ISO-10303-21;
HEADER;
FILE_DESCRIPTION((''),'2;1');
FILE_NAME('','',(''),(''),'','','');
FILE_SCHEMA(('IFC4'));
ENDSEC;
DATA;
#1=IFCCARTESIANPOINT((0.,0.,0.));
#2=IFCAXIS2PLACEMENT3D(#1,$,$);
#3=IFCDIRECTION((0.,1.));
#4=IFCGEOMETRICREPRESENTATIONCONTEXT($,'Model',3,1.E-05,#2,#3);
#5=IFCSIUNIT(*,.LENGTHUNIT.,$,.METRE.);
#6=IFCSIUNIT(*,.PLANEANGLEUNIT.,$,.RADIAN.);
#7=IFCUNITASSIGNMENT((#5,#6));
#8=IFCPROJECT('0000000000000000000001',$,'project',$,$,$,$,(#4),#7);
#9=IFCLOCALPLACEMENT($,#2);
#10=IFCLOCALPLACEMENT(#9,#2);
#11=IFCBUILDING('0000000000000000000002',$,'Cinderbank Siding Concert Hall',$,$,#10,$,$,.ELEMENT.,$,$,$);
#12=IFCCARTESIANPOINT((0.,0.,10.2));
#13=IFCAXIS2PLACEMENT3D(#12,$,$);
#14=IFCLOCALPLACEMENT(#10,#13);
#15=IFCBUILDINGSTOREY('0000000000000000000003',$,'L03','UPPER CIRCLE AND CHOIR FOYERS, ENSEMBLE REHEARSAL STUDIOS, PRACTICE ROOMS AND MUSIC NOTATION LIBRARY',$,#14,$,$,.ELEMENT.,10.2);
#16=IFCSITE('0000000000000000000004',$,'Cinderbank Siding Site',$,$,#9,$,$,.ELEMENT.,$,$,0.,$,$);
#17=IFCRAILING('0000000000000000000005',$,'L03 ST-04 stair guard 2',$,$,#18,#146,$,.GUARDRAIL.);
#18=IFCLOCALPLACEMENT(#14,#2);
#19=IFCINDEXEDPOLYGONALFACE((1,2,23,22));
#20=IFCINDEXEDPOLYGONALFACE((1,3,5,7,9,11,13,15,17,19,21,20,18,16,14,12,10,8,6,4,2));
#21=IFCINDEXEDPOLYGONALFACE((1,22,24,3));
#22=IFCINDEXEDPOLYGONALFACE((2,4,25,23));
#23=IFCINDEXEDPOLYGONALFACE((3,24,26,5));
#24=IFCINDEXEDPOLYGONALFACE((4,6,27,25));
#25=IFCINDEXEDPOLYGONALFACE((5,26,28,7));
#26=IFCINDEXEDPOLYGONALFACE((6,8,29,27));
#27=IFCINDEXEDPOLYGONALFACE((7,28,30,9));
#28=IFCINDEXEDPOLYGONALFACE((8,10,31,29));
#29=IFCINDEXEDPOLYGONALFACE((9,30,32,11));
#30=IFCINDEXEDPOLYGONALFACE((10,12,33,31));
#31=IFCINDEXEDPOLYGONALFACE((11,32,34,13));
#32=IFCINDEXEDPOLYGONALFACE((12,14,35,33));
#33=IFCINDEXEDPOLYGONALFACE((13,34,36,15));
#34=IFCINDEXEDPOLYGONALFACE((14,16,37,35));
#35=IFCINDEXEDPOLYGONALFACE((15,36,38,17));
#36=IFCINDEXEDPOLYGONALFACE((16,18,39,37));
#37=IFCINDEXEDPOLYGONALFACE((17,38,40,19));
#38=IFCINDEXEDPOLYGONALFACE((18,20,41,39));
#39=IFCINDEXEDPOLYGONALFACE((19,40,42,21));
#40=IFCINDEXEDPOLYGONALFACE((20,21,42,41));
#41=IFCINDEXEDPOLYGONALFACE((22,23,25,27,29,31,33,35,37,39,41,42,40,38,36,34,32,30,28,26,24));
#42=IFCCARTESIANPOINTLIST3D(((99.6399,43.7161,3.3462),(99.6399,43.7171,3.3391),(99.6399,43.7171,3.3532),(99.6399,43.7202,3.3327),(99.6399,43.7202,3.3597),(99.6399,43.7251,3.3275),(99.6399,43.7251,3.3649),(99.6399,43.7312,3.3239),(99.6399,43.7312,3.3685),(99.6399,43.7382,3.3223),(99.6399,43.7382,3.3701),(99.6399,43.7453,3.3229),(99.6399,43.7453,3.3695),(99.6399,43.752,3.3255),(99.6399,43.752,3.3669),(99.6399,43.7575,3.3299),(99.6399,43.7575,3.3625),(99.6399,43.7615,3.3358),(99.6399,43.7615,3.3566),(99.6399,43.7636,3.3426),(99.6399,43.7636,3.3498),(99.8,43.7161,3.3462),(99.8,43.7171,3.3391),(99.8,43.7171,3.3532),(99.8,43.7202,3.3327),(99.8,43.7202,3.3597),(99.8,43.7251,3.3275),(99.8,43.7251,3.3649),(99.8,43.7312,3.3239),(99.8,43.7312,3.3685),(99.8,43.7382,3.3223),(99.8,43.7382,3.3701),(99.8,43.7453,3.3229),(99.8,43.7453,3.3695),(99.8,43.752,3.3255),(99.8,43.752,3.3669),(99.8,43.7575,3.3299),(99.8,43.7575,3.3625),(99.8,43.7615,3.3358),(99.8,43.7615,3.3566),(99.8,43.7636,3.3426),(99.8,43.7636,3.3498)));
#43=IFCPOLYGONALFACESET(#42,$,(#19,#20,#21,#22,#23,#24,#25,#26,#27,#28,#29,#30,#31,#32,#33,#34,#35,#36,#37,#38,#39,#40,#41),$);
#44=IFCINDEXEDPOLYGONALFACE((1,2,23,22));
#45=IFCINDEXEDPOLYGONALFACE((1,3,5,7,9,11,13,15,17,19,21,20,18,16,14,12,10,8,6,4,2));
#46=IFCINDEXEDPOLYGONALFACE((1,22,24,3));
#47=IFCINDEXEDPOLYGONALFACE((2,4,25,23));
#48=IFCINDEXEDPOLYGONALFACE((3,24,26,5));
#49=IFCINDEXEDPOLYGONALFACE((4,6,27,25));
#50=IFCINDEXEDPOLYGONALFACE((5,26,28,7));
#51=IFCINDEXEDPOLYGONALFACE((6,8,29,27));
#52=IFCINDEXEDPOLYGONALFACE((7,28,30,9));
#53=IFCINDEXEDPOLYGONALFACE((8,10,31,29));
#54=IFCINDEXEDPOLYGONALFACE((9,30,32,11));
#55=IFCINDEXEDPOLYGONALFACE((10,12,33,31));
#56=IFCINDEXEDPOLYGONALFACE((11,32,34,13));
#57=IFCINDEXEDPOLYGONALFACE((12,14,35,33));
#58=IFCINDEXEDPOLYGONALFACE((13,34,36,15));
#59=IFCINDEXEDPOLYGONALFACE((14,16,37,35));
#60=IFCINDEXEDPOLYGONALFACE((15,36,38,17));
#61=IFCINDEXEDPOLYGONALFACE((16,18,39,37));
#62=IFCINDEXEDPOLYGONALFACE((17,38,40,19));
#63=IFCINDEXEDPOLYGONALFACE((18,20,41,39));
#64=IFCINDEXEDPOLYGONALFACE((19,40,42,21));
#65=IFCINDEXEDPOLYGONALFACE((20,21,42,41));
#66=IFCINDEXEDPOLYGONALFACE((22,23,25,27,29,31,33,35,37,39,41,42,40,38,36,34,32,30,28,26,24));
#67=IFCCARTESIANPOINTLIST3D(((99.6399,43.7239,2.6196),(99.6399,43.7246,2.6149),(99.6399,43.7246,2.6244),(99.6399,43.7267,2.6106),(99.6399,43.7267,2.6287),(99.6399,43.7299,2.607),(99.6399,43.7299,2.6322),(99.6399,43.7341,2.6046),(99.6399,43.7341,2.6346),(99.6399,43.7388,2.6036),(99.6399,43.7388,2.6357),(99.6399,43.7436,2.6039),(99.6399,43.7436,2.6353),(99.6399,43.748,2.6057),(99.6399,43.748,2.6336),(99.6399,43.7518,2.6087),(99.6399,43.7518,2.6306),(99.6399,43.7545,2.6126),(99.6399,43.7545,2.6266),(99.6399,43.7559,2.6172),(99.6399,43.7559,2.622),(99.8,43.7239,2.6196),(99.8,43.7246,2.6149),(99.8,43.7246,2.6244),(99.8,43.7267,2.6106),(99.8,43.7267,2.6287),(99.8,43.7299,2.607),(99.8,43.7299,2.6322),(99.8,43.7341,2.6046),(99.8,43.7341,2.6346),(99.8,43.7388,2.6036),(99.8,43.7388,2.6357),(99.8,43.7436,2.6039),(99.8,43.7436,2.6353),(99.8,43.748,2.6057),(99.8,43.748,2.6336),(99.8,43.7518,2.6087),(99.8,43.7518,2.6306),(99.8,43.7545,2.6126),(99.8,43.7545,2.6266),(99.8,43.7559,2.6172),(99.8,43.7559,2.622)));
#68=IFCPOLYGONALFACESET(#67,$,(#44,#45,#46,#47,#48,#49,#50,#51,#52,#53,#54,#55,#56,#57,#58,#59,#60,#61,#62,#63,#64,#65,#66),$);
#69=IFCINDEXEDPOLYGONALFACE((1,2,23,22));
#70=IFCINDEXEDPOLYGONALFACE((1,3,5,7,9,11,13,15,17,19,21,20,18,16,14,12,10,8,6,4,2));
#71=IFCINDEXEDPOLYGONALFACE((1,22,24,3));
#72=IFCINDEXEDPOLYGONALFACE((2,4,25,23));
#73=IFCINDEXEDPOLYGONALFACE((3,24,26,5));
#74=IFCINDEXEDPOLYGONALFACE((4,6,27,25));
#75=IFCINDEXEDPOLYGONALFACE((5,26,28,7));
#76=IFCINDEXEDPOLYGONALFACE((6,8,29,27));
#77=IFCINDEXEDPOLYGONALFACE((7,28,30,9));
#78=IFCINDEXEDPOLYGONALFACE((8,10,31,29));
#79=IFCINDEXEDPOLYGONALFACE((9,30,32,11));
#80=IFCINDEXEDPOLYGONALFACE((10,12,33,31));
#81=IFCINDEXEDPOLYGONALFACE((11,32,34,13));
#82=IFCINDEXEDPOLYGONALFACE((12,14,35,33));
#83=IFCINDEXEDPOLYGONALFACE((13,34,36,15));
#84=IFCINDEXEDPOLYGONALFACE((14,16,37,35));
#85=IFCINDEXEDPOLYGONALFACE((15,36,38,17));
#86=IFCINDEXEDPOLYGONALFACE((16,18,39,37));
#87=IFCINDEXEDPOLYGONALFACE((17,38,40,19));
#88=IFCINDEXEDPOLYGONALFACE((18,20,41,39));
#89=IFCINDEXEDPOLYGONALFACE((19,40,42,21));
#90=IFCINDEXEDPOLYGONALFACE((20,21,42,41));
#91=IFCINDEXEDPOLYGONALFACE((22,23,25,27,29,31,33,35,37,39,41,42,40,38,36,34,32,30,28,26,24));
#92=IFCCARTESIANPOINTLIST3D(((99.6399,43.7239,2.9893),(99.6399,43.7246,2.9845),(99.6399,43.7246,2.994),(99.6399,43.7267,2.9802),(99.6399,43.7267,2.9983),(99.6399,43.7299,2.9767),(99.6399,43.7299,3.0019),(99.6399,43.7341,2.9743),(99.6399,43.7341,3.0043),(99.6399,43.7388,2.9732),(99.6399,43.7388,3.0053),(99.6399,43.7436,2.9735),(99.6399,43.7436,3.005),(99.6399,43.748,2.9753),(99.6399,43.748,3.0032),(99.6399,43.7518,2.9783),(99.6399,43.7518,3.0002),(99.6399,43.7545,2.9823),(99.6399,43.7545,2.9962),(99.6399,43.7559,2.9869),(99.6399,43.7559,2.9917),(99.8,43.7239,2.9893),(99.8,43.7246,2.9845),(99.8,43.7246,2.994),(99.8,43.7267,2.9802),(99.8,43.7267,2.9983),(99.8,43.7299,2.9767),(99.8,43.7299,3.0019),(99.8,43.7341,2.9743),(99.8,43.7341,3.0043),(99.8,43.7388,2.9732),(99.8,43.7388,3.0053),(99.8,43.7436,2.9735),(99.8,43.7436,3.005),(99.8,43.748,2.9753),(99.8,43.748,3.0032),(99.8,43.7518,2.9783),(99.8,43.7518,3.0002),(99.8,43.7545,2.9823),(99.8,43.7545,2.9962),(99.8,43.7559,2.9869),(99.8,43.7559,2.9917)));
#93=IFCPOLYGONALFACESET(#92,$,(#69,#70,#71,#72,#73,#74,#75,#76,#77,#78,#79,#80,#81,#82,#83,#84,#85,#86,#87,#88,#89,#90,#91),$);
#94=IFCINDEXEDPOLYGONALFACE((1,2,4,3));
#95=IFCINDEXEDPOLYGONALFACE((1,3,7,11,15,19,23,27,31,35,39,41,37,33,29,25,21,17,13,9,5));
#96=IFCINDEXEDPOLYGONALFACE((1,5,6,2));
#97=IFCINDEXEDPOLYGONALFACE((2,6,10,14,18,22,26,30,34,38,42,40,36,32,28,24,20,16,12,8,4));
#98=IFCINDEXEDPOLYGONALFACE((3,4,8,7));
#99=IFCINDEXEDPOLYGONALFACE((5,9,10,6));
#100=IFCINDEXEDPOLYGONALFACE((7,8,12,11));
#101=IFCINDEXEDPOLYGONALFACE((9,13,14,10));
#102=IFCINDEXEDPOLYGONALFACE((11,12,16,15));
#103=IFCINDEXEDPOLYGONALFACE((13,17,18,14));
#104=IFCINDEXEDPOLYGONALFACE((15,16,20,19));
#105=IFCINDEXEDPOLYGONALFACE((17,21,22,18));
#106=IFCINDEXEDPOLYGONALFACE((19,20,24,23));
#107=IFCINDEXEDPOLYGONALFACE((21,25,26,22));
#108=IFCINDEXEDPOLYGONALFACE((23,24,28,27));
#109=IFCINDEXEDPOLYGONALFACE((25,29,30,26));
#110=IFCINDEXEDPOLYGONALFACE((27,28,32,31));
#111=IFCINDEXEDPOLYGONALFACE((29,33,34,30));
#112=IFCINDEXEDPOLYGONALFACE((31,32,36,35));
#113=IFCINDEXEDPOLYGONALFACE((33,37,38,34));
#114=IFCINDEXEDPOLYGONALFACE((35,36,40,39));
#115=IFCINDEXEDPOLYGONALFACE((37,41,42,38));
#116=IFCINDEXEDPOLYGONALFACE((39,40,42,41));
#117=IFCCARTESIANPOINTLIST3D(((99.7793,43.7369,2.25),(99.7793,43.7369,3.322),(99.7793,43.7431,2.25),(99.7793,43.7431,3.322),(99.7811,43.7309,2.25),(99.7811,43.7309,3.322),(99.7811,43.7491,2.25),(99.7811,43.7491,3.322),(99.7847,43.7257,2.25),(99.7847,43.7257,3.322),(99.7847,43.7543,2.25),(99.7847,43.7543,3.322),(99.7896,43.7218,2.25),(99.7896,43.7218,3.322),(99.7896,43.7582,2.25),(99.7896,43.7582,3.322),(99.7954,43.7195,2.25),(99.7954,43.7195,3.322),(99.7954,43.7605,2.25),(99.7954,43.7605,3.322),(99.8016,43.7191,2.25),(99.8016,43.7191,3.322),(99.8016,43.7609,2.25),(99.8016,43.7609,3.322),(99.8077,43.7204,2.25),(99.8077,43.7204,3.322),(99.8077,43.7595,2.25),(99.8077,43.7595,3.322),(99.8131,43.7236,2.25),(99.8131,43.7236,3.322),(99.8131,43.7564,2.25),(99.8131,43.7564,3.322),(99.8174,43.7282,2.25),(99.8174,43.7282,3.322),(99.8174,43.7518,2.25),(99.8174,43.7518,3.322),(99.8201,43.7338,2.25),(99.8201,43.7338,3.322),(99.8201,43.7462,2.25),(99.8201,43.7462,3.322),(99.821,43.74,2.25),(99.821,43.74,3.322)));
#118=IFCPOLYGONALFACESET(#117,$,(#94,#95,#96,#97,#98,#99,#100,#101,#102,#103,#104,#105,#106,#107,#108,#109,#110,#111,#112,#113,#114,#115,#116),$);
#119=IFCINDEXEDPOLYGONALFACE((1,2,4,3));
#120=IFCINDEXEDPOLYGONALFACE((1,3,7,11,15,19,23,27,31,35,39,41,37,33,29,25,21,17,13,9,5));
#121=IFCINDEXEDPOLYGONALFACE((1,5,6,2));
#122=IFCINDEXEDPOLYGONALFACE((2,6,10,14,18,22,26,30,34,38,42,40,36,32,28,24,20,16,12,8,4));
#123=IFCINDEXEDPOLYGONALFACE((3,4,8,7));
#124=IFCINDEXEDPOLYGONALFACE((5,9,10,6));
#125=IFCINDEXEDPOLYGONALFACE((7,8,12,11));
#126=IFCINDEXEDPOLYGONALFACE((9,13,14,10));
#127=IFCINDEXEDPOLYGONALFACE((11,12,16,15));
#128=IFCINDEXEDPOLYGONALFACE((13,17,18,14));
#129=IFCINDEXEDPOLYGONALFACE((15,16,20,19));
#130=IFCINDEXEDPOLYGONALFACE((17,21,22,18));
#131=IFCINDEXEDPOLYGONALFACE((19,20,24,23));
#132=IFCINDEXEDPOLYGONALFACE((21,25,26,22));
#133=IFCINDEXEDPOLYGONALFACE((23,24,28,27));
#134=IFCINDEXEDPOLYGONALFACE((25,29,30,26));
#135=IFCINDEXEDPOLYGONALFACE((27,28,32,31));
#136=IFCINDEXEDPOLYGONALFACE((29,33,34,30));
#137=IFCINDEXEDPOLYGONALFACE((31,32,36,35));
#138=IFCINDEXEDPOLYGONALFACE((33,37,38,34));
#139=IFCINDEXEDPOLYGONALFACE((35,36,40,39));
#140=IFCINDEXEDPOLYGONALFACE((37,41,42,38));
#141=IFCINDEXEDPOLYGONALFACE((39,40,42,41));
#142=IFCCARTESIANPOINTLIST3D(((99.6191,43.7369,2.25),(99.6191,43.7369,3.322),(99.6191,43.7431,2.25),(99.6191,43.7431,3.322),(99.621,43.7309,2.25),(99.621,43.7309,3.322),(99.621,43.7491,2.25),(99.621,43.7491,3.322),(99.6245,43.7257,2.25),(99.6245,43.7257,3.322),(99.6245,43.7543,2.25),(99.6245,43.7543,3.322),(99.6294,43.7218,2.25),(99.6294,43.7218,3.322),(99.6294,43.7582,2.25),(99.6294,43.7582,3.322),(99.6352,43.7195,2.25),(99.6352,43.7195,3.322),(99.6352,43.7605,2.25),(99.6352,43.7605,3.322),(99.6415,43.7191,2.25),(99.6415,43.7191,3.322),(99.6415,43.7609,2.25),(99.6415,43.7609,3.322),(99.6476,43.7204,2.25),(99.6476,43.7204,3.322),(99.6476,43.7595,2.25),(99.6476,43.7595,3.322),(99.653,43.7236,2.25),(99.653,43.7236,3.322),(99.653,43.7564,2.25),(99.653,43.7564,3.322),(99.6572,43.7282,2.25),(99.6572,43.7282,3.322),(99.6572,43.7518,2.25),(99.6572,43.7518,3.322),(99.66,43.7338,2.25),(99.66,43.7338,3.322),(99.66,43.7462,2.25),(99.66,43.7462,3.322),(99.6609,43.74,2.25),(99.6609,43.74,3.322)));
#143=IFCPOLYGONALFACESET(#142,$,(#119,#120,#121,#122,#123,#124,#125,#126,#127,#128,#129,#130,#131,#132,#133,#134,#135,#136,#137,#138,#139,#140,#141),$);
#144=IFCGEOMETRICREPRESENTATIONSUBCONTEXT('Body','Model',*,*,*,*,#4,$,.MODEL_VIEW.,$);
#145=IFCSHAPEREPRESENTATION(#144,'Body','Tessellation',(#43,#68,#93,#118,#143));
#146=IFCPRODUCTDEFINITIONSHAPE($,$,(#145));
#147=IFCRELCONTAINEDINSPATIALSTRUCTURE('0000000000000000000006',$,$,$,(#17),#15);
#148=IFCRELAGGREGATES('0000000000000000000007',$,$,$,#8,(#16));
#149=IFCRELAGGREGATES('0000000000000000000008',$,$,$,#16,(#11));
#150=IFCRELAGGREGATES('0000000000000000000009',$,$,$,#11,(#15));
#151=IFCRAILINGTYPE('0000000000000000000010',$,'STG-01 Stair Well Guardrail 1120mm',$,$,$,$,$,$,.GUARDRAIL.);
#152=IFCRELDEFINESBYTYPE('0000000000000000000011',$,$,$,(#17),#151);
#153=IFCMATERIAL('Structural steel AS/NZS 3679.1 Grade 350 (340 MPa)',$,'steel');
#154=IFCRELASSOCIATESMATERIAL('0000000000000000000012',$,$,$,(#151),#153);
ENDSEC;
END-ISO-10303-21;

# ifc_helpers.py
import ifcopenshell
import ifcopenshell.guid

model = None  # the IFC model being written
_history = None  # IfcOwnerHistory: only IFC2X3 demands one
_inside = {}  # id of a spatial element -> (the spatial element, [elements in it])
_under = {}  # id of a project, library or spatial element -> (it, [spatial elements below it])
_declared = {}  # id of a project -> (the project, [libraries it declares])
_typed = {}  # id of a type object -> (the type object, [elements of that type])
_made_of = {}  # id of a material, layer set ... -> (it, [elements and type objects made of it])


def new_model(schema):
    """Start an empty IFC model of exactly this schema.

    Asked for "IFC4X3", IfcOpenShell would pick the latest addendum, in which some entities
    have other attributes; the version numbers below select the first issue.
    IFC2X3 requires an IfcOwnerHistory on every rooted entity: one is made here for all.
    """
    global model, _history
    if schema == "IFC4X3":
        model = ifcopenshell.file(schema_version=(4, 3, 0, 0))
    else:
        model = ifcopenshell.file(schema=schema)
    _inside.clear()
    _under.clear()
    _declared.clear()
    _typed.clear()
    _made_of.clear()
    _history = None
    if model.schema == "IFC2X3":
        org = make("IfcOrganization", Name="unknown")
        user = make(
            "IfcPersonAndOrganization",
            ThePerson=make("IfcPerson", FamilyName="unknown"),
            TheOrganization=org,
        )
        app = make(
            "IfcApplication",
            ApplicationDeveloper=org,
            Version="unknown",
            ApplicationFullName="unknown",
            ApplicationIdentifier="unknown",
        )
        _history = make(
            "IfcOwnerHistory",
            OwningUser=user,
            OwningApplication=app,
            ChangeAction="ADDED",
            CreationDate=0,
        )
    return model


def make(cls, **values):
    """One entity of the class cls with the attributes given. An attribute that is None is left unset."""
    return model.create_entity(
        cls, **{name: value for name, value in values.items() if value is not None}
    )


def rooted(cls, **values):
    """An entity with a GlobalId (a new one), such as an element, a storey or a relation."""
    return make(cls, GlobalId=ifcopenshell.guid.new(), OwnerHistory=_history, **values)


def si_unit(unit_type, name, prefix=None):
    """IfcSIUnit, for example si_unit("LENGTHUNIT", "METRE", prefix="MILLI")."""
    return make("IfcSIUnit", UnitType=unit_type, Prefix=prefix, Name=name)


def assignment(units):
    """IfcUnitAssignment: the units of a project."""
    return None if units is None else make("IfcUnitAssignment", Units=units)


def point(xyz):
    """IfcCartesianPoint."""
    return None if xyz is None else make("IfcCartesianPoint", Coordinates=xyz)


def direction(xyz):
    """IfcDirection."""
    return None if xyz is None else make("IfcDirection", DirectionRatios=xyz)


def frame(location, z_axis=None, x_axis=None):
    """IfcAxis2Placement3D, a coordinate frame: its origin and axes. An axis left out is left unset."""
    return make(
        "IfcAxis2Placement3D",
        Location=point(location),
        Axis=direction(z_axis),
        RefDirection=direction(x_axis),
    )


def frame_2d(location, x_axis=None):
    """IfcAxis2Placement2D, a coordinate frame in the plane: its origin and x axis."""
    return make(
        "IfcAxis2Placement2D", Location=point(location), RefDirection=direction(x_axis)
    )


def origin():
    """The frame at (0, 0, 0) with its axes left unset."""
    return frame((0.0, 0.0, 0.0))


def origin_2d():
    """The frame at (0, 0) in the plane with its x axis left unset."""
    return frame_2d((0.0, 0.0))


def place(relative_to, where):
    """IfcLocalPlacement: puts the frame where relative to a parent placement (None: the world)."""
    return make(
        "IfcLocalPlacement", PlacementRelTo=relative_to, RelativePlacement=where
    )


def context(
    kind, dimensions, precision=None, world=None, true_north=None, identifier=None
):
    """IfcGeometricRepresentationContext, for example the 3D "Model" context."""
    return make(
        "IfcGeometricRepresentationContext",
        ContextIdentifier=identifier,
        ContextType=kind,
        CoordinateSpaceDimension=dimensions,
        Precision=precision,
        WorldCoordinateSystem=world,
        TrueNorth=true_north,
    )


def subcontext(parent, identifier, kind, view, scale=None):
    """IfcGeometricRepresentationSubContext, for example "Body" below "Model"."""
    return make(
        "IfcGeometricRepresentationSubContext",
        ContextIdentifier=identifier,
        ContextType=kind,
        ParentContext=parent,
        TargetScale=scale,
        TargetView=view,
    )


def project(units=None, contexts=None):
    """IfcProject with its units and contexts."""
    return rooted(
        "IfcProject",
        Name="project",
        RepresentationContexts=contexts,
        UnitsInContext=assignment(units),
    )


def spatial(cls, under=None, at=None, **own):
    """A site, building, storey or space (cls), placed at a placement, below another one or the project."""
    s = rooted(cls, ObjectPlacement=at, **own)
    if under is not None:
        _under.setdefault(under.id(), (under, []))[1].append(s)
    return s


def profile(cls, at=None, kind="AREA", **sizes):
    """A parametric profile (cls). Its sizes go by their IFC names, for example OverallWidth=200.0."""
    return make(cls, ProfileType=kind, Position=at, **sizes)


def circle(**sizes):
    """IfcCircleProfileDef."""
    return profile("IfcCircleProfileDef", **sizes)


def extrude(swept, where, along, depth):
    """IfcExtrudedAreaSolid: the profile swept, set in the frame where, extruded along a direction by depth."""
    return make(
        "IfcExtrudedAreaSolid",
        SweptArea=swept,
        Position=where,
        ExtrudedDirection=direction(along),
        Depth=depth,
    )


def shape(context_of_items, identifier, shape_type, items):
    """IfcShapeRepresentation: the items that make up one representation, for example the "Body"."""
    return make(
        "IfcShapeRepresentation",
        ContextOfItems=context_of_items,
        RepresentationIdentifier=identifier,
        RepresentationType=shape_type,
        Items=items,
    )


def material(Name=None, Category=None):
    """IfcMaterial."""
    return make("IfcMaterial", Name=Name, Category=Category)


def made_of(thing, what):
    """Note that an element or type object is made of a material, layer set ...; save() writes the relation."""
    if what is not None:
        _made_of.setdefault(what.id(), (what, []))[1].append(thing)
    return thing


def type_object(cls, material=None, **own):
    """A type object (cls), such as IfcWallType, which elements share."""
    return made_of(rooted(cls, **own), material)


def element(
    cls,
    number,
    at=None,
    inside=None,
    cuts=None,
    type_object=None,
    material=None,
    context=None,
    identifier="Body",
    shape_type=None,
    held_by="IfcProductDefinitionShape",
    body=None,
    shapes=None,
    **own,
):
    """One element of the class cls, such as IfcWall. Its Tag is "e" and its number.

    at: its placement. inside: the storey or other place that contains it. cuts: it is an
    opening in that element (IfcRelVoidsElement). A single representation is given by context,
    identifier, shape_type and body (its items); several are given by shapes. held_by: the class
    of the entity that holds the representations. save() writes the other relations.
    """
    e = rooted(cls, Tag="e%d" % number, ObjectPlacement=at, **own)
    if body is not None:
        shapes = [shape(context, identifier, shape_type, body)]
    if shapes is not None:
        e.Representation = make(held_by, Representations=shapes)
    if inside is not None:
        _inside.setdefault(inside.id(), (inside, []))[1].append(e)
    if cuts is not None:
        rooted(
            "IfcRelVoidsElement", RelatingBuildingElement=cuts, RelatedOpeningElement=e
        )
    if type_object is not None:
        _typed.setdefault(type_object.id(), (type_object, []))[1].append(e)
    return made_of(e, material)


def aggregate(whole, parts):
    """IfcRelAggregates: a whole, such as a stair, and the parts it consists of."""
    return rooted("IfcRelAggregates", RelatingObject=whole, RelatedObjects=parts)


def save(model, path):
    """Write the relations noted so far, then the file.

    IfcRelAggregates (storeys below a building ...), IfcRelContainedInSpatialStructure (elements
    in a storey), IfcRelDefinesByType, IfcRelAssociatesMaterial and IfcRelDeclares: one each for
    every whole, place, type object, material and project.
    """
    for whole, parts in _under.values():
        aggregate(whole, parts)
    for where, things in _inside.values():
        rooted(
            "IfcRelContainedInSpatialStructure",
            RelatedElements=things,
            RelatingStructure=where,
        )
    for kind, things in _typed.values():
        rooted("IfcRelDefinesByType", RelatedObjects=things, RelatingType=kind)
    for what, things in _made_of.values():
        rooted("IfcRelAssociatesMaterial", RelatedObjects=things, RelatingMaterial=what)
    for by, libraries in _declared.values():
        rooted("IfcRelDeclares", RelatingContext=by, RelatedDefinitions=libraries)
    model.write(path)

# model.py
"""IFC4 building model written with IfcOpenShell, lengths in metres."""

from ifc_helpers import new_model, si_unit, direction, frame, origin, origin_2d, place, context, subcontext, project, spatial, circle, extrude, material, type_object, element, save


model = new_model("IFC4")

# Units and contexts
model_context = context("Model", 3, precision=1e-05, world=origin(), true_north=direction((0.0, 1.0)))
body_context = subcontext(model_context, "Body", "Model", "MODEL_VIEW")
ifc_project = project(units=[si_unit("LENGTHUNIT", "METRE"), si_unit("PLANEANGLEUNIT", "RADIAN")], contexts=[model_context])

# Site, building, storey
site_placement = place(None, origin())
site = spatial("IfcSite", under=ifc_project, at=site_placement, Name="Cinderbank Siding Site", CompositionType="ELEMENT", RefElevation=0.0)
building_placement = place(site_placement, origin())
building = spatial("IfcBuilding", under=site, at=building_placement, Name="Cinderbank Siding Concert Hall", CompositionType="ELEMENT")
storey_placement = place(building_placement, frame((0.0, 0.0, 10.2)))
storey = spatial("IfcBuildingStorey", under=building, at=storey_placement, Name="L03", Description="UPPER CIRCLE AND CHOIR FOYERS, ENSEMBLE REHEARSAL STUDIOS, PRACTICE ROOMS AND MUSIC NOTATION LIBRARY", CompositionType="ELEMENT", Elevation=10.2)

# Shared definitions
ifc_material_1 = material(Name="Structural steel AS/NZS 3679.1 Grade 350 (340 MPa)", Category="steel")

# Railing
railing_type = type_object("IfcRailingType", Name="STG-01 Stair Well Guardrail 1120mm", PredefinedType="GUARDRAIL", material=ifc_material_1)
railing_1_placement = place(storey_placement, frame((99.8, 43.74, 2.25)))
element("IfcRailing", 1, at=railing_1_placement, inside=storey, type_object=railing_type, Name="L03 ST-04 stair guard 2", PredefinedType="GUARDRAIL", context=body_context, shape_type="SweptSolid", body=[
    extrude(circle(Radius=0.0239, at=origin_2d()), frame((0.0, 0.0, 1.0962), z_axis=(-1.0, 0.0, 0.0), x_axis=(0.0, -1.0, 0.0)), (0.0, 0.0, 1.0), 0.1602),
    extrude(circle(Radius=0.0161, at=origin_2d()), frame((0.0, 0.0, 0.3696), z_axis=(-1.0, 0.0, 0.0), x_axis=(0.0, -1.0, 0.0)), (0.0, 0.0, 1.0), 0.1602),
    extrude(circle(Radius=0.0161, at=origin_2d()), frame((0.0, 0.0, 0.7393), z_axis=(-1.0, 0.0, 0.0), x_axis=(0.0, -1.0, 0.0)), (0.0, 0.0, 1.0), 0.1602),
    extrude(circle(Radius=0.021, at=origin_2d()), origin(), (0.0, 0.0, 1.0), 1.072),
    extrude(circle(Radius=0.021, at=origin_2d()), frame((-0.1602, 0.0, 0.0)), (0.0, 0.0, 1.0), 1.072),
])

save(model, "model.ifc")
